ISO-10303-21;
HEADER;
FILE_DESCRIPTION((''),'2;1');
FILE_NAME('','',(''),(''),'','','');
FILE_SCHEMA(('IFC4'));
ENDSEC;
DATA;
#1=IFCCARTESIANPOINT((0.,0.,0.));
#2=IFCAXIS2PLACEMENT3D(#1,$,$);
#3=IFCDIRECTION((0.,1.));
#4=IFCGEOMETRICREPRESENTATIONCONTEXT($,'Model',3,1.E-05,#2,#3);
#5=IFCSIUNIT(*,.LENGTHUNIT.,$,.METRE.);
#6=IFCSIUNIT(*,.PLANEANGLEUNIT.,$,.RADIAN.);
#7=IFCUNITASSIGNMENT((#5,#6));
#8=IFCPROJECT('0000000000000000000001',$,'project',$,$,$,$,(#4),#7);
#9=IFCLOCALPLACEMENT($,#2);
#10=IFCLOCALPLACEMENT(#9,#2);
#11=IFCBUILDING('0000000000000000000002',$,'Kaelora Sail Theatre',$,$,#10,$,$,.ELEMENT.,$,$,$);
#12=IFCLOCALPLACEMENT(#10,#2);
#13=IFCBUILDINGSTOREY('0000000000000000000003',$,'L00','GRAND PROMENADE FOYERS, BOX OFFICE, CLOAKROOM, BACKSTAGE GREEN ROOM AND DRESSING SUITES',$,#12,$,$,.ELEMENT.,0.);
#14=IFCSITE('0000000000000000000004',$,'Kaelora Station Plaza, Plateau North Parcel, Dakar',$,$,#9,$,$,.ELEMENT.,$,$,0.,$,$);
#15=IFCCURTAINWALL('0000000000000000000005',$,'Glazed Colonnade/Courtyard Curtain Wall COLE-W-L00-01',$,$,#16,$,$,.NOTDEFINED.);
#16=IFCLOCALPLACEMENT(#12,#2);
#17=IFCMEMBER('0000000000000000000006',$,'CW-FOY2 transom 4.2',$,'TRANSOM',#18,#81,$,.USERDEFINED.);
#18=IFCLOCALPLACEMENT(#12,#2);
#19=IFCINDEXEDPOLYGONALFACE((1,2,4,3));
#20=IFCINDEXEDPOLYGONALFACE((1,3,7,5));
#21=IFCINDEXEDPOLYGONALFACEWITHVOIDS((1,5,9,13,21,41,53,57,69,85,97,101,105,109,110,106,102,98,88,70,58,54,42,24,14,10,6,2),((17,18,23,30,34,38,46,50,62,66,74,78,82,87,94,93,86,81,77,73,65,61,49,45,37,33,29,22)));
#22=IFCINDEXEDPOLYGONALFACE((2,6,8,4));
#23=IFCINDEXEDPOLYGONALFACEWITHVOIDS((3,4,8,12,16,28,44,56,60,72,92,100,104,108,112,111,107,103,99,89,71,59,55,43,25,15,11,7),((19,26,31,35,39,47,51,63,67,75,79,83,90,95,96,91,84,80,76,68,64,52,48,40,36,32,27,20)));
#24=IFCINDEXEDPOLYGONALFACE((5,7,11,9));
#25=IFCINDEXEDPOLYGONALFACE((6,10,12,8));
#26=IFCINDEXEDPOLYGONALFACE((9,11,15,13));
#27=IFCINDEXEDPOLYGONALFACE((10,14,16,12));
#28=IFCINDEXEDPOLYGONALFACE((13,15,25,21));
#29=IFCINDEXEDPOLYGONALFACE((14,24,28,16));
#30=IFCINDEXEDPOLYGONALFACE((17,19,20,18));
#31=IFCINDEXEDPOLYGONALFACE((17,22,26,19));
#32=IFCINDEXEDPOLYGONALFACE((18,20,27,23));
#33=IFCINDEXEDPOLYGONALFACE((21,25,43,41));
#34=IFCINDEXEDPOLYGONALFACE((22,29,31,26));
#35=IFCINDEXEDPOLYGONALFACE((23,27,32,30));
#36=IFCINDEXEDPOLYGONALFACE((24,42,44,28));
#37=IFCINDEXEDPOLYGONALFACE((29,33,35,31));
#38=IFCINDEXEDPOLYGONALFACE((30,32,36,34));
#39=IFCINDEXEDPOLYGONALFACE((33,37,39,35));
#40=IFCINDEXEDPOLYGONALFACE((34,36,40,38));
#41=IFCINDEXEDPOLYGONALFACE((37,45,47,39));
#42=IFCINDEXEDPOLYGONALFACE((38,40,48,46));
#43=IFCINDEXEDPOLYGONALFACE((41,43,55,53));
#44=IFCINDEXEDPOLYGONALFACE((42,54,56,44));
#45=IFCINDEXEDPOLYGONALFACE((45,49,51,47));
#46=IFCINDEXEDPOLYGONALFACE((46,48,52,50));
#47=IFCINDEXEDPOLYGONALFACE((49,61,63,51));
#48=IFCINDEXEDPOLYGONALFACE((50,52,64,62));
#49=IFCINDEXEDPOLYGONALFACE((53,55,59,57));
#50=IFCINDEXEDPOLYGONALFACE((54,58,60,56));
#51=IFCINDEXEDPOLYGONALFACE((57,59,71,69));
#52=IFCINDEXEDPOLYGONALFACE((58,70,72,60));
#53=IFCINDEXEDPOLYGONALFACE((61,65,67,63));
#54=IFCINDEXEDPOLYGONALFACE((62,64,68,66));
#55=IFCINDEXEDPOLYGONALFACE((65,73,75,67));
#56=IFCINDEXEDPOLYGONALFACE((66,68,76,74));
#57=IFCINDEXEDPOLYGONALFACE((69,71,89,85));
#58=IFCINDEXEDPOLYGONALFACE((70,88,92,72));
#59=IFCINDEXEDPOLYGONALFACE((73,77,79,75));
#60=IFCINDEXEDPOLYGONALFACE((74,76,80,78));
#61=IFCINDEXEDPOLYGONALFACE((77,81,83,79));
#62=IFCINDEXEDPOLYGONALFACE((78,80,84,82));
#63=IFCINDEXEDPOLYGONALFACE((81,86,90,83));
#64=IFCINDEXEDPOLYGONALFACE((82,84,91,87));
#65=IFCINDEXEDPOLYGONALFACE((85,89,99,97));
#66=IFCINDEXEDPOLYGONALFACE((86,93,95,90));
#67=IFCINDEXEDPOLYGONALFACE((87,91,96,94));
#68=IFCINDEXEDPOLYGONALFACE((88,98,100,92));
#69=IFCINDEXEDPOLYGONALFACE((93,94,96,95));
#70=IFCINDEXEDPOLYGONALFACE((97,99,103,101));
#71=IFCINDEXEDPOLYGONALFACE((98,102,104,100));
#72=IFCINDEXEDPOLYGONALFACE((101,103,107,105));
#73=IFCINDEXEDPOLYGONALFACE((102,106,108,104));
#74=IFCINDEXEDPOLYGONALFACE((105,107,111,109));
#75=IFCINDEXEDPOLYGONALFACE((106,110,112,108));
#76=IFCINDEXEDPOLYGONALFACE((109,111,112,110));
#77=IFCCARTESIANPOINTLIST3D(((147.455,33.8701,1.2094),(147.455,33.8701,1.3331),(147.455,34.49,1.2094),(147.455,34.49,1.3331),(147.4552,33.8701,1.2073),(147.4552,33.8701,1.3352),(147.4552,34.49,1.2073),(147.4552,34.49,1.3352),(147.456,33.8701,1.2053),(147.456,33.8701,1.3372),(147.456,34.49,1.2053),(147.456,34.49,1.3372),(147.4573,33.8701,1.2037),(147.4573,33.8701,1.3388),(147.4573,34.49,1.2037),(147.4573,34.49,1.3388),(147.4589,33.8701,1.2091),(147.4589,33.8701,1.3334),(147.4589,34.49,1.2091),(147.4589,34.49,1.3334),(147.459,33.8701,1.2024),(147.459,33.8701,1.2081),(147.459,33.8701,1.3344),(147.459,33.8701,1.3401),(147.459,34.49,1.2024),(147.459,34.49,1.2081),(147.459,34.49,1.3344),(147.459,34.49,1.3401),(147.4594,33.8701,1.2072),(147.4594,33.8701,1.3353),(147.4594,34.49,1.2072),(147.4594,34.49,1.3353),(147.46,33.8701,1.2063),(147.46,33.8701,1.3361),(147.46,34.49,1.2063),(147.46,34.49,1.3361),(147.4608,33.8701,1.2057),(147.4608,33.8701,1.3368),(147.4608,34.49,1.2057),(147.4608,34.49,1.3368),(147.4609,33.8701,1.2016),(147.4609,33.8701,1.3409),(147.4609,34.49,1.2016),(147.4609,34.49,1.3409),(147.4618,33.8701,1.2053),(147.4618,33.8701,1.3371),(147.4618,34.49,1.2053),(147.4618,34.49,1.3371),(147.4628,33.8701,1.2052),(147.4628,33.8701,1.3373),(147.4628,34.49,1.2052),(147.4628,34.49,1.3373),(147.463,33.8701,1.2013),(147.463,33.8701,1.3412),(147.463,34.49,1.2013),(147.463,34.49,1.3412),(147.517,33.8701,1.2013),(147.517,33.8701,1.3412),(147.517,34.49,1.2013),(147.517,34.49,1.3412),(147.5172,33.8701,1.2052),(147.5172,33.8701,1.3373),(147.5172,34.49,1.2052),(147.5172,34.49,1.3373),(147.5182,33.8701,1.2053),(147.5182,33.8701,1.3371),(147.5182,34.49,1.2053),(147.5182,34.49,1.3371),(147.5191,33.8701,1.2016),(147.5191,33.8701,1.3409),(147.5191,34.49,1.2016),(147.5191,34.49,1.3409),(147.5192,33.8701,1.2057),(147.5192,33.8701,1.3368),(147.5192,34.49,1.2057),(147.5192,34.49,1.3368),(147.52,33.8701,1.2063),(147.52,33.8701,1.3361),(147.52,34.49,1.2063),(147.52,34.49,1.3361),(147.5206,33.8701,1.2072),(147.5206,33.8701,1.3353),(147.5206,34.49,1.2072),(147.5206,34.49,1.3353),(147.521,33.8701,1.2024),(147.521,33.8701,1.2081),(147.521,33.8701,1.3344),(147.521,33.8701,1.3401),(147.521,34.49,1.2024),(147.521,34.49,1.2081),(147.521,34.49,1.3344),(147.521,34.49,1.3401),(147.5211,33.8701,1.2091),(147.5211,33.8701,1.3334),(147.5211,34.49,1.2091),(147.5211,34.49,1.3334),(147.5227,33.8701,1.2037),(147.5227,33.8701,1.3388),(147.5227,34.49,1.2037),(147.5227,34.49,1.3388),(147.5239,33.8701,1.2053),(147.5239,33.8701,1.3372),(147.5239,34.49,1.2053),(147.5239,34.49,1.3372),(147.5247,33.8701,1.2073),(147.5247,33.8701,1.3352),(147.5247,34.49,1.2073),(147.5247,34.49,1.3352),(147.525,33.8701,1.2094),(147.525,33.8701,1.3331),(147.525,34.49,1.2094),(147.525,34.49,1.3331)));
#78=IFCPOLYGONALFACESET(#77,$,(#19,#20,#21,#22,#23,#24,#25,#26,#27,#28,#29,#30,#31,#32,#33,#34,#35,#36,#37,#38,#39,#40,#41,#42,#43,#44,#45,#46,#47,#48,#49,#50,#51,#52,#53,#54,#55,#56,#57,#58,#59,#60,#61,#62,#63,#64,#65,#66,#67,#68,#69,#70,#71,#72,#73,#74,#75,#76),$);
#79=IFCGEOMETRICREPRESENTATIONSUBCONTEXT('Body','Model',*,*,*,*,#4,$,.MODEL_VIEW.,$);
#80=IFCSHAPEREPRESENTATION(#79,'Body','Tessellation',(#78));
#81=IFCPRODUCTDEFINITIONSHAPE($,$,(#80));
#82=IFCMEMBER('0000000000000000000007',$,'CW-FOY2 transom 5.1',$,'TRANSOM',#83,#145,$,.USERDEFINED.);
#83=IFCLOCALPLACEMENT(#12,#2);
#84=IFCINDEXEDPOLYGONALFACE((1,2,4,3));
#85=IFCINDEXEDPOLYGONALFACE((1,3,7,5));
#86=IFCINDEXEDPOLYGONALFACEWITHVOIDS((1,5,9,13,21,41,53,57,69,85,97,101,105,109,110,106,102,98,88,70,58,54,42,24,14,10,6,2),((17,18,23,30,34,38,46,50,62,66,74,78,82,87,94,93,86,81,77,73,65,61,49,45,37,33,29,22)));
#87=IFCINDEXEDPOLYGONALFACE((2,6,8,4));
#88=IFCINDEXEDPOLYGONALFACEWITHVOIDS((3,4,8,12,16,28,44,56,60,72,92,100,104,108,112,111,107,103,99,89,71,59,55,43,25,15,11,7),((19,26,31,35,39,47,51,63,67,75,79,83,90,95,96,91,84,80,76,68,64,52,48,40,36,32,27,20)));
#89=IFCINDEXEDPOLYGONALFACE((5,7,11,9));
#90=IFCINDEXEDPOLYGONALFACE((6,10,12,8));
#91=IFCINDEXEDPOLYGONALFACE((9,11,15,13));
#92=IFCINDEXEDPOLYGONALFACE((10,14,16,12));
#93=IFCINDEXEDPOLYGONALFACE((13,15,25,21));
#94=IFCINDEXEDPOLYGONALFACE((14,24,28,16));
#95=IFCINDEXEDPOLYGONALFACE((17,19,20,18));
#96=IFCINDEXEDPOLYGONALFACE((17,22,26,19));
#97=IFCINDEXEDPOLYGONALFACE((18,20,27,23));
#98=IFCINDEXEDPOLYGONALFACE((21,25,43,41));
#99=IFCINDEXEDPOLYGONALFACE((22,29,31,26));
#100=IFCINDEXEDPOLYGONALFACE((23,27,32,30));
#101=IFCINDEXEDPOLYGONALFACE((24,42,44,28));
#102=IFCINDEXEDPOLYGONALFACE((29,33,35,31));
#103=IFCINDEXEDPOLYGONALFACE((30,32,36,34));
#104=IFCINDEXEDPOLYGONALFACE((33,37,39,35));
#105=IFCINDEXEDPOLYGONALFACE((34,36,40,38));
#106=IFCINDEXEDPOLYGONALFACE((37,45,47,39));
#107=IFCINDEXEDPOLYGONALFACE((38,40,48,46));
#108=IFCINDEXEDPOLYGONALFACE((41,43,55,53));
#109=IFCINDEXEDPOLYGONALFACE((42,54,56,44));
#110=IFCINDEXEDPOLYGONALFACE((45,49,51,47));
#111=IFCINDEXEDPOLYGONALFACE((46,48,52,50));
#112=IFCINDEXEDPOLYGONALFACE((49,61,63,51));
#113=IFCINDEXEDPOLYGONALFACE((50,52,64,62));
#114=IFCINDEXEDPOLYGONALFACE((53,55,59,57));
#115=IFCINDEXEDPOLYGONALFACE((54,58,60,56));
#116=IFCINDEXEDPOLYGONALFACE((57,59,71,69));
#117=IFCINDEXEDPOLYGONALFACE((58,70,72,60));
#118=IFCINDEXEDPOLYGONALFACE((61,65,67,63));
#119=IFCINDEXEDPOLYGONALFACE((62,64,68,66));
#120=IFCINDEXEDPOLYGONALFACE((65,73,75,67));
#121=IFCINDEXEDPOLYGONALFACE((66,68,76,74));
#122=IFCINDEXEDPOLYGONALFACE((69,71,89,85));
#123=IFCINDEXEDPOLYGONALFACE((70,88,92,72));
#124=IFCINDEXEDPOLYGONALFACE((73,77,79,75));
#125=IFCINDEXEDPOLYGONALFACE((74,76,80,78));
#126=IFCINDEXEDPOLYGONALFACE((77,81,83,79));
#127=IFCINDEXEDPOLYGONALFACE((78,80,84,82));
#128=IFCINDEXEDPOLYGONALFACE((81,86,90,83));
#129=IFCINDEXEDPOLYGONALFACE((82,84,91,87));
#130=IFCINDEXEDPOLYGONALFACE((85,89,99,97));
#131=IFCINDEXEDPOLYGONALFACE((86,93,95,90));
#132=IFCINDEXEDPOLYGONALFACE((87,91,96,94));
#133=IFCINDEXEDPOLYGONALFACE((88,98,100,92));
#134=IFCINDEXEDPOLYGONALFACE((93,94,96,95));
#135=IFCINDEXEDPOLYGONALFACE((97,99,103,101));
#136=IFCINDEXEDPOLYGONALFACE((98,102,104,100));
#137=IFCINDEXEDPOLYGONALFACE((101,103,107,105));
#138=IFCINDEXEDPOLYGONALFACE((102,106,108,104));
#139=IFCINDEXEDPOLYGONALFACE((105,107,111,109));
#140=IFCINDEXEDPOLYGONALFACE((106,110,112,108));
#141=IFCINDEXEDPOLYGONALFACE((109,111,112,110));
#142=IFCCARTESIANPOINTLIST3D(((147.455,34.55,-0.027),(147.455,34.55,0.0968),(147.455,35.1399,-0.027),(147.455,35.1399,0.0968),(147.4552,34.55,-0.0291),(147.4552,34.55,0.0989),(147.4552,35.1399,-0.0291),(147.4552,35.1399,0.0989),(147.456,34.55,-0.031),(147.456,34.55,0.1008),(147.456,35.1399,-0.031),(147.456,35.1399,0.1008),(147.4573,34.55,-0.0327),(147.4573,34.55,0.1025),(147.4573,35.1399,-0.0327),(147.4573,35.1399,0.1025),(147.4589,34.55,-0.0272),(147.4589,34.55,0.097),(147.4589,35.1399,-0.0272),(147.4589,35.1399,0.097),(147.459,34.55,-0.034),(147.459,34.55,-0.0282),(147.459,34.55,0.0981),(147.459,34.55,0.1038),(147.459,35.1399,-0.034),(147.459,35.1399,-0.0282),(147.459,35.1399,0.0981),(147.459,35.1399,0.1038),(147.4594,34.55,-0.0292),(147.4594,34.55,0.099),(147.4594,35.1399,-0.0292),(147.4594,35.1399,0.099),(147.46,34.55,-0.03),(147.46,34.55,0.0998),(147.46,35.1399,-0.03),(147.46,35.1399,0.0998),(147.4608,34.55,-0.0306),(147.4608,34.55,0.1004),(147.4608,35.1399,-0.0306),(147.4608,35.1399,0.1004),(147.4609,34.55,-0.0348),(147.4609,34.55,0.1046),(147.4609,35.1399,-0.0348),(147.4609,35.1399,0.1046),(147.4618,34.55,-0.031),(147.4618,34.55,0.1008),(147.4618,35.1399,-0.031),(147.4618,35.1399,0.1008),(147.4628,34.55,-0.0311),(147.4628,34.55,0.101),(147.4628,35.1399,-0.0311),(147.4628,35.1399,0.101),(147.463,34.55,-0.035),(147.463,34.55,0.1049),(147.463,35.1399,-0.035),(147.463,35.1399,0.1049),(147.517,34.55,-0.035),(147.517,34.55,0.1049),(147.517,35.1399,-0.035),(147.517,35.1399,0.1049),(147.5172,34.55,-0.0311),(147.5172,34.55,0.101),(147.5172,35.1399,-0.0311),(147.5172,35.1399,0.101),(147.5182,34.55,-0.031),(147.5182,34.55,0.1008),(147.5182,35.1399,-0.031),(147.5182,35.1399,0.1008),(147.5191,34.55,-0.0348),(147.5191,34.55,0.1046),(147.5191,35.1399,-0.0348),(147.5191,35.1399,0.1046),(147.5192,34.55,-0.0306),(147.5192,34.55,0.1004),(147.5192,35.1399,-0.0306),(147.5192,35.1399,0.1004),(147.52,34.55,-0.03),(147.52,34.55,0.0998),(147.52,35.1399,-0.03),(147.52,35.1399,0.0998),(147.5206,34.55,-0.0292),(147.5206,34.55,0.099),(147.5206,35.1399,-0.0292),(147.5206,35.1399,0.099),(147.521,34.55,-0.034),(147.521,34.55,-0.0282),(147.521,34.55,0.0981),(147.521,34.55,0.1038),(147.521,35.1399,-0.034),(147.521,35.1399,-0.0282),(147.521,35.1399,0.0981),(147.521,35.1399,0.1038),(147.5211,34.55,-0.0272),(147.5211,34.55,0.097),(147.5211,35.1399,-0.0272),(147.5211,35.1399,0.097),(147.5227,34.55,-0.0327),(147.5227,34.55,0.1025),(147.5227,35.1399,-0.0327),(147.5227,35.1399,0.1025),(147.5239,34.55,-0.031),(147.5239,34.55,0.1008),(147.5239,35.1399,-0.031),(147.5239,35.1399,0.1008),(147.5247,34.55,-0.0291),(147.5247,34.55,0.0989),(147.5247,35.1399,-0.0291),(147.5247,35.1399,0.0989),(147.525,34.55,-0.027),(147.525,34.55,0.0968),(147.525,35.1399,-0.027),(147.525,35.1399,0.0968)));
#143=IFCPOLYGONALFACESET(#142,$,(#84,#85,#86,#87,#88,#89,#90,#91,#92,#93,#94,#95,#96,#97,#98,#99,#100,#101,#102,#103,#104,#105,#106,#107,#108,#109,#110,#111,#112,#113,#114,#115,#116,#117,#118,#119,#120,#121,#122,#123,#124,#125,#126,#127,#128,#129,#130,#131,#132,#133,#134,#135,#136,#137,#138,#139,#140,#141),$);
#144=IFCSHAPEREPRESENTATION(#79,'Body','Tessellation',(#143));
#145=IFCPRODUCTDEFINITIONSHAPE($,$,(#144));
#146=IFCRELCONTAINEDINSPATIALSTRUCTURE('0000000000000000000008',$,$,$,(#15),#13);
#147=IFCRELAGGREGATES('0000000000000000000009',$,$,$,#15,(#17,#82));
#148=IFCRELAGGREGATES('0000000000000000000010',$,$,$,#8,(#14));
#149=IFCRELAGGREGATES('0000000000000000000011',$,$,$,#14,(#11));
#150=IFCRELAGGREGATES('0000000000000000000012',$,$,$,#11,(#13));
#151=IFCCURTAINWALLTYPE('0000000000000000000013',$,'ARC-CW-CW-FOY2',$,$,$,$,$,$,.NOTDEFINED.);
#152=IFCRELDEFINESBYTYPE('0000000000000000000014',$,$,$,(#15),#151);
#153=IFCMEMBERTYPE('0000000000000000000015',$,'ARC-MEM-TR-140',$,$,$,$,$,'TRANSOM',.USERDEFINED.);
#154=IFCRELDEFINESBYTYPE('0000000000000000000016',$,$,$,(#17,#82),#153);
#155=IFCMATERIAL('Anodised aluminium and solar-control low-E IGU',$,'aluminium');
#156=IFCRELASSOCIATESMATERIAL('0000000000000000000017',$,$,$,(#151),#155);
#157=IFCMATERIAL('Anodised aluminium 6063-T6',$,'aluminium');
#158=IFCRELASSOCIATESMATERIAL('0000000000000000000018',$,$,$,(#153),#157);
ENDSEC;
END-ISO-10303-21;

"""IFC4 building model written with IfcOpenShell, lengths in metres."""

from ifc_helpers import new_model, si_unit, direction, frame, origin, origin_2d, place, context, subcontext, project, spatial, hollow_rectangle, extrude, material, material_profile, profile_set, type_object, element, aggregate, save


model = new_model("IFC4")

# Units and contexts
model_context = context("Model", 3, precision=1e-05, world=origin(), true_north=direction((0.0, 1.0)))
body_context = subcontext(model_context, "Body", "Model", "MODEL_VIEW")
ifc_project = project(units=[si_unit("LENGTHUNIT", "METRE"), si_unit("PLANEANGLEUNIT", "RADIAN")], contexts=[model_context])

# Site, building, storey
site_placement = place(None, origin())
site = spatial("IfcSite", under=ifc_project, at=site_placement, Name="Kaelora Station Plaza, Plateau North Parcel, Dakar", CompositionType="ELEMENT", RefElevation=0.0)
building_placement = place(site_placement, origin())
building = spatial("IfcBuilding", under=site, at=building_placement, Name="Kaelora Sail Theatre", CompositionType="ELEMENT")
storey_placement = place(building_placement, origin())
storey = spatial("IfcBuildingStorey", under=building, at=storey_placement, Name="L00", Description="GRAND PROMENADE FOYERS, BOX OFFICE, CLOAKROOM, BACKSTAGE GREEN ROOM AND DRESSING SUITES", CompositionType="ELEMENT", Elevation=0.0)

# Curtain wall
ifc_material_1 = material(Name="Anodised aluminium and solar-control low-E IGU", Category="aluminium")
curtain_wall_type = type_object("IfcCurtainWallType", Name="ARC-CW-CW-FOY2", PredefinedType="NOTDEFINED", material=ifc_material_1)
curtain_wall_placement = place(storey_placement, origin())
curtain_wall = element("IfcCurtainWall", 1, at=curtain_wall_placement, inside=storey, type_object=curtain_wall_type, Name="Glazed Colonnade/Courtyard Curtain Wall COLE-W-L00-01", PredefinedType="NOTDEFINED")

# Members
ifc_material_2 = material(Name="Anodised aluminium 6063-T6", Category="aluminium")
ifc_material_profile_1 = material_profile(ifc_material_2, hollow_rectangle(XDim=0.0701, YDim=0.1399, WallThickness=0.0039, InnerFilletRadius=0.0039, OuterFilletRadius=0.0081, at=origin_2d()), Name="ALU-TRAN 70x140x4")
ifc_profile_set_1 = profile_set([ifc_material_profile_1], Name="Anodised aluminium 6063-T6")
member_type_1 = type_object("IfcMemberType", Name="ARC-MEM-TR-140", ElementType="TRANSOM", PredefinedType="USERDEFINED", material=ifc_profile_set_1)
member_1_placement = place(storey_placement, frame((147.49, 33.8701, 1.2712), z_axis=(0.0, 1.0, 0.0), x_axis=(-1.0, 0.0, 0.0)))
member_1 = element("IfcMember", 2, at=member_1_placement, type_object=member_type_1, Name="CW-FOY2 transom 4.2", ObjectType="TRANSOM", PredefinedType="USERDEFINED", context=body_context, shape_type="SweptSolid", body=[
    extrude(hollow_rectangle(XDim=0.0701, YDim=0.1399, WallThickness=0.0039, InnerFilletRadius=0.0039, OuterFilletRadius=0.0081, at=origin_2d()), origin(), (0.0, 0.0, 1.0), 0.6199),
])
member_2_placement = place(storey_placement, frame((147.49, 34.55, 0.0349), z_axis=(0.0, 1.0, 0.0), x_axis=(-1.0, 0.0, 0.0)))
member_2 = element("IfcMember", 3, at=member_2_placement, type_object=member_type_1, Name="CW-FOY2 transom 5.1", ObjectType="TRANSOM", PredefinedType="USERDEFINED", context=body_context, shape_type="SweptSolid", body=[
    extrude(hollow_rectangle(XDim=0.0701, YDim=0.1399, WallThickness=0.0039, InnerFilletRadius=0.0039, OuterFilletRadius=0.0081, at=origin_2d()), origin(), (0.0, 0.0, 1.0), 0.5898),
])

aggregate(curtain_wall, [member_1, member_2])

save(model, "model.ifc")
